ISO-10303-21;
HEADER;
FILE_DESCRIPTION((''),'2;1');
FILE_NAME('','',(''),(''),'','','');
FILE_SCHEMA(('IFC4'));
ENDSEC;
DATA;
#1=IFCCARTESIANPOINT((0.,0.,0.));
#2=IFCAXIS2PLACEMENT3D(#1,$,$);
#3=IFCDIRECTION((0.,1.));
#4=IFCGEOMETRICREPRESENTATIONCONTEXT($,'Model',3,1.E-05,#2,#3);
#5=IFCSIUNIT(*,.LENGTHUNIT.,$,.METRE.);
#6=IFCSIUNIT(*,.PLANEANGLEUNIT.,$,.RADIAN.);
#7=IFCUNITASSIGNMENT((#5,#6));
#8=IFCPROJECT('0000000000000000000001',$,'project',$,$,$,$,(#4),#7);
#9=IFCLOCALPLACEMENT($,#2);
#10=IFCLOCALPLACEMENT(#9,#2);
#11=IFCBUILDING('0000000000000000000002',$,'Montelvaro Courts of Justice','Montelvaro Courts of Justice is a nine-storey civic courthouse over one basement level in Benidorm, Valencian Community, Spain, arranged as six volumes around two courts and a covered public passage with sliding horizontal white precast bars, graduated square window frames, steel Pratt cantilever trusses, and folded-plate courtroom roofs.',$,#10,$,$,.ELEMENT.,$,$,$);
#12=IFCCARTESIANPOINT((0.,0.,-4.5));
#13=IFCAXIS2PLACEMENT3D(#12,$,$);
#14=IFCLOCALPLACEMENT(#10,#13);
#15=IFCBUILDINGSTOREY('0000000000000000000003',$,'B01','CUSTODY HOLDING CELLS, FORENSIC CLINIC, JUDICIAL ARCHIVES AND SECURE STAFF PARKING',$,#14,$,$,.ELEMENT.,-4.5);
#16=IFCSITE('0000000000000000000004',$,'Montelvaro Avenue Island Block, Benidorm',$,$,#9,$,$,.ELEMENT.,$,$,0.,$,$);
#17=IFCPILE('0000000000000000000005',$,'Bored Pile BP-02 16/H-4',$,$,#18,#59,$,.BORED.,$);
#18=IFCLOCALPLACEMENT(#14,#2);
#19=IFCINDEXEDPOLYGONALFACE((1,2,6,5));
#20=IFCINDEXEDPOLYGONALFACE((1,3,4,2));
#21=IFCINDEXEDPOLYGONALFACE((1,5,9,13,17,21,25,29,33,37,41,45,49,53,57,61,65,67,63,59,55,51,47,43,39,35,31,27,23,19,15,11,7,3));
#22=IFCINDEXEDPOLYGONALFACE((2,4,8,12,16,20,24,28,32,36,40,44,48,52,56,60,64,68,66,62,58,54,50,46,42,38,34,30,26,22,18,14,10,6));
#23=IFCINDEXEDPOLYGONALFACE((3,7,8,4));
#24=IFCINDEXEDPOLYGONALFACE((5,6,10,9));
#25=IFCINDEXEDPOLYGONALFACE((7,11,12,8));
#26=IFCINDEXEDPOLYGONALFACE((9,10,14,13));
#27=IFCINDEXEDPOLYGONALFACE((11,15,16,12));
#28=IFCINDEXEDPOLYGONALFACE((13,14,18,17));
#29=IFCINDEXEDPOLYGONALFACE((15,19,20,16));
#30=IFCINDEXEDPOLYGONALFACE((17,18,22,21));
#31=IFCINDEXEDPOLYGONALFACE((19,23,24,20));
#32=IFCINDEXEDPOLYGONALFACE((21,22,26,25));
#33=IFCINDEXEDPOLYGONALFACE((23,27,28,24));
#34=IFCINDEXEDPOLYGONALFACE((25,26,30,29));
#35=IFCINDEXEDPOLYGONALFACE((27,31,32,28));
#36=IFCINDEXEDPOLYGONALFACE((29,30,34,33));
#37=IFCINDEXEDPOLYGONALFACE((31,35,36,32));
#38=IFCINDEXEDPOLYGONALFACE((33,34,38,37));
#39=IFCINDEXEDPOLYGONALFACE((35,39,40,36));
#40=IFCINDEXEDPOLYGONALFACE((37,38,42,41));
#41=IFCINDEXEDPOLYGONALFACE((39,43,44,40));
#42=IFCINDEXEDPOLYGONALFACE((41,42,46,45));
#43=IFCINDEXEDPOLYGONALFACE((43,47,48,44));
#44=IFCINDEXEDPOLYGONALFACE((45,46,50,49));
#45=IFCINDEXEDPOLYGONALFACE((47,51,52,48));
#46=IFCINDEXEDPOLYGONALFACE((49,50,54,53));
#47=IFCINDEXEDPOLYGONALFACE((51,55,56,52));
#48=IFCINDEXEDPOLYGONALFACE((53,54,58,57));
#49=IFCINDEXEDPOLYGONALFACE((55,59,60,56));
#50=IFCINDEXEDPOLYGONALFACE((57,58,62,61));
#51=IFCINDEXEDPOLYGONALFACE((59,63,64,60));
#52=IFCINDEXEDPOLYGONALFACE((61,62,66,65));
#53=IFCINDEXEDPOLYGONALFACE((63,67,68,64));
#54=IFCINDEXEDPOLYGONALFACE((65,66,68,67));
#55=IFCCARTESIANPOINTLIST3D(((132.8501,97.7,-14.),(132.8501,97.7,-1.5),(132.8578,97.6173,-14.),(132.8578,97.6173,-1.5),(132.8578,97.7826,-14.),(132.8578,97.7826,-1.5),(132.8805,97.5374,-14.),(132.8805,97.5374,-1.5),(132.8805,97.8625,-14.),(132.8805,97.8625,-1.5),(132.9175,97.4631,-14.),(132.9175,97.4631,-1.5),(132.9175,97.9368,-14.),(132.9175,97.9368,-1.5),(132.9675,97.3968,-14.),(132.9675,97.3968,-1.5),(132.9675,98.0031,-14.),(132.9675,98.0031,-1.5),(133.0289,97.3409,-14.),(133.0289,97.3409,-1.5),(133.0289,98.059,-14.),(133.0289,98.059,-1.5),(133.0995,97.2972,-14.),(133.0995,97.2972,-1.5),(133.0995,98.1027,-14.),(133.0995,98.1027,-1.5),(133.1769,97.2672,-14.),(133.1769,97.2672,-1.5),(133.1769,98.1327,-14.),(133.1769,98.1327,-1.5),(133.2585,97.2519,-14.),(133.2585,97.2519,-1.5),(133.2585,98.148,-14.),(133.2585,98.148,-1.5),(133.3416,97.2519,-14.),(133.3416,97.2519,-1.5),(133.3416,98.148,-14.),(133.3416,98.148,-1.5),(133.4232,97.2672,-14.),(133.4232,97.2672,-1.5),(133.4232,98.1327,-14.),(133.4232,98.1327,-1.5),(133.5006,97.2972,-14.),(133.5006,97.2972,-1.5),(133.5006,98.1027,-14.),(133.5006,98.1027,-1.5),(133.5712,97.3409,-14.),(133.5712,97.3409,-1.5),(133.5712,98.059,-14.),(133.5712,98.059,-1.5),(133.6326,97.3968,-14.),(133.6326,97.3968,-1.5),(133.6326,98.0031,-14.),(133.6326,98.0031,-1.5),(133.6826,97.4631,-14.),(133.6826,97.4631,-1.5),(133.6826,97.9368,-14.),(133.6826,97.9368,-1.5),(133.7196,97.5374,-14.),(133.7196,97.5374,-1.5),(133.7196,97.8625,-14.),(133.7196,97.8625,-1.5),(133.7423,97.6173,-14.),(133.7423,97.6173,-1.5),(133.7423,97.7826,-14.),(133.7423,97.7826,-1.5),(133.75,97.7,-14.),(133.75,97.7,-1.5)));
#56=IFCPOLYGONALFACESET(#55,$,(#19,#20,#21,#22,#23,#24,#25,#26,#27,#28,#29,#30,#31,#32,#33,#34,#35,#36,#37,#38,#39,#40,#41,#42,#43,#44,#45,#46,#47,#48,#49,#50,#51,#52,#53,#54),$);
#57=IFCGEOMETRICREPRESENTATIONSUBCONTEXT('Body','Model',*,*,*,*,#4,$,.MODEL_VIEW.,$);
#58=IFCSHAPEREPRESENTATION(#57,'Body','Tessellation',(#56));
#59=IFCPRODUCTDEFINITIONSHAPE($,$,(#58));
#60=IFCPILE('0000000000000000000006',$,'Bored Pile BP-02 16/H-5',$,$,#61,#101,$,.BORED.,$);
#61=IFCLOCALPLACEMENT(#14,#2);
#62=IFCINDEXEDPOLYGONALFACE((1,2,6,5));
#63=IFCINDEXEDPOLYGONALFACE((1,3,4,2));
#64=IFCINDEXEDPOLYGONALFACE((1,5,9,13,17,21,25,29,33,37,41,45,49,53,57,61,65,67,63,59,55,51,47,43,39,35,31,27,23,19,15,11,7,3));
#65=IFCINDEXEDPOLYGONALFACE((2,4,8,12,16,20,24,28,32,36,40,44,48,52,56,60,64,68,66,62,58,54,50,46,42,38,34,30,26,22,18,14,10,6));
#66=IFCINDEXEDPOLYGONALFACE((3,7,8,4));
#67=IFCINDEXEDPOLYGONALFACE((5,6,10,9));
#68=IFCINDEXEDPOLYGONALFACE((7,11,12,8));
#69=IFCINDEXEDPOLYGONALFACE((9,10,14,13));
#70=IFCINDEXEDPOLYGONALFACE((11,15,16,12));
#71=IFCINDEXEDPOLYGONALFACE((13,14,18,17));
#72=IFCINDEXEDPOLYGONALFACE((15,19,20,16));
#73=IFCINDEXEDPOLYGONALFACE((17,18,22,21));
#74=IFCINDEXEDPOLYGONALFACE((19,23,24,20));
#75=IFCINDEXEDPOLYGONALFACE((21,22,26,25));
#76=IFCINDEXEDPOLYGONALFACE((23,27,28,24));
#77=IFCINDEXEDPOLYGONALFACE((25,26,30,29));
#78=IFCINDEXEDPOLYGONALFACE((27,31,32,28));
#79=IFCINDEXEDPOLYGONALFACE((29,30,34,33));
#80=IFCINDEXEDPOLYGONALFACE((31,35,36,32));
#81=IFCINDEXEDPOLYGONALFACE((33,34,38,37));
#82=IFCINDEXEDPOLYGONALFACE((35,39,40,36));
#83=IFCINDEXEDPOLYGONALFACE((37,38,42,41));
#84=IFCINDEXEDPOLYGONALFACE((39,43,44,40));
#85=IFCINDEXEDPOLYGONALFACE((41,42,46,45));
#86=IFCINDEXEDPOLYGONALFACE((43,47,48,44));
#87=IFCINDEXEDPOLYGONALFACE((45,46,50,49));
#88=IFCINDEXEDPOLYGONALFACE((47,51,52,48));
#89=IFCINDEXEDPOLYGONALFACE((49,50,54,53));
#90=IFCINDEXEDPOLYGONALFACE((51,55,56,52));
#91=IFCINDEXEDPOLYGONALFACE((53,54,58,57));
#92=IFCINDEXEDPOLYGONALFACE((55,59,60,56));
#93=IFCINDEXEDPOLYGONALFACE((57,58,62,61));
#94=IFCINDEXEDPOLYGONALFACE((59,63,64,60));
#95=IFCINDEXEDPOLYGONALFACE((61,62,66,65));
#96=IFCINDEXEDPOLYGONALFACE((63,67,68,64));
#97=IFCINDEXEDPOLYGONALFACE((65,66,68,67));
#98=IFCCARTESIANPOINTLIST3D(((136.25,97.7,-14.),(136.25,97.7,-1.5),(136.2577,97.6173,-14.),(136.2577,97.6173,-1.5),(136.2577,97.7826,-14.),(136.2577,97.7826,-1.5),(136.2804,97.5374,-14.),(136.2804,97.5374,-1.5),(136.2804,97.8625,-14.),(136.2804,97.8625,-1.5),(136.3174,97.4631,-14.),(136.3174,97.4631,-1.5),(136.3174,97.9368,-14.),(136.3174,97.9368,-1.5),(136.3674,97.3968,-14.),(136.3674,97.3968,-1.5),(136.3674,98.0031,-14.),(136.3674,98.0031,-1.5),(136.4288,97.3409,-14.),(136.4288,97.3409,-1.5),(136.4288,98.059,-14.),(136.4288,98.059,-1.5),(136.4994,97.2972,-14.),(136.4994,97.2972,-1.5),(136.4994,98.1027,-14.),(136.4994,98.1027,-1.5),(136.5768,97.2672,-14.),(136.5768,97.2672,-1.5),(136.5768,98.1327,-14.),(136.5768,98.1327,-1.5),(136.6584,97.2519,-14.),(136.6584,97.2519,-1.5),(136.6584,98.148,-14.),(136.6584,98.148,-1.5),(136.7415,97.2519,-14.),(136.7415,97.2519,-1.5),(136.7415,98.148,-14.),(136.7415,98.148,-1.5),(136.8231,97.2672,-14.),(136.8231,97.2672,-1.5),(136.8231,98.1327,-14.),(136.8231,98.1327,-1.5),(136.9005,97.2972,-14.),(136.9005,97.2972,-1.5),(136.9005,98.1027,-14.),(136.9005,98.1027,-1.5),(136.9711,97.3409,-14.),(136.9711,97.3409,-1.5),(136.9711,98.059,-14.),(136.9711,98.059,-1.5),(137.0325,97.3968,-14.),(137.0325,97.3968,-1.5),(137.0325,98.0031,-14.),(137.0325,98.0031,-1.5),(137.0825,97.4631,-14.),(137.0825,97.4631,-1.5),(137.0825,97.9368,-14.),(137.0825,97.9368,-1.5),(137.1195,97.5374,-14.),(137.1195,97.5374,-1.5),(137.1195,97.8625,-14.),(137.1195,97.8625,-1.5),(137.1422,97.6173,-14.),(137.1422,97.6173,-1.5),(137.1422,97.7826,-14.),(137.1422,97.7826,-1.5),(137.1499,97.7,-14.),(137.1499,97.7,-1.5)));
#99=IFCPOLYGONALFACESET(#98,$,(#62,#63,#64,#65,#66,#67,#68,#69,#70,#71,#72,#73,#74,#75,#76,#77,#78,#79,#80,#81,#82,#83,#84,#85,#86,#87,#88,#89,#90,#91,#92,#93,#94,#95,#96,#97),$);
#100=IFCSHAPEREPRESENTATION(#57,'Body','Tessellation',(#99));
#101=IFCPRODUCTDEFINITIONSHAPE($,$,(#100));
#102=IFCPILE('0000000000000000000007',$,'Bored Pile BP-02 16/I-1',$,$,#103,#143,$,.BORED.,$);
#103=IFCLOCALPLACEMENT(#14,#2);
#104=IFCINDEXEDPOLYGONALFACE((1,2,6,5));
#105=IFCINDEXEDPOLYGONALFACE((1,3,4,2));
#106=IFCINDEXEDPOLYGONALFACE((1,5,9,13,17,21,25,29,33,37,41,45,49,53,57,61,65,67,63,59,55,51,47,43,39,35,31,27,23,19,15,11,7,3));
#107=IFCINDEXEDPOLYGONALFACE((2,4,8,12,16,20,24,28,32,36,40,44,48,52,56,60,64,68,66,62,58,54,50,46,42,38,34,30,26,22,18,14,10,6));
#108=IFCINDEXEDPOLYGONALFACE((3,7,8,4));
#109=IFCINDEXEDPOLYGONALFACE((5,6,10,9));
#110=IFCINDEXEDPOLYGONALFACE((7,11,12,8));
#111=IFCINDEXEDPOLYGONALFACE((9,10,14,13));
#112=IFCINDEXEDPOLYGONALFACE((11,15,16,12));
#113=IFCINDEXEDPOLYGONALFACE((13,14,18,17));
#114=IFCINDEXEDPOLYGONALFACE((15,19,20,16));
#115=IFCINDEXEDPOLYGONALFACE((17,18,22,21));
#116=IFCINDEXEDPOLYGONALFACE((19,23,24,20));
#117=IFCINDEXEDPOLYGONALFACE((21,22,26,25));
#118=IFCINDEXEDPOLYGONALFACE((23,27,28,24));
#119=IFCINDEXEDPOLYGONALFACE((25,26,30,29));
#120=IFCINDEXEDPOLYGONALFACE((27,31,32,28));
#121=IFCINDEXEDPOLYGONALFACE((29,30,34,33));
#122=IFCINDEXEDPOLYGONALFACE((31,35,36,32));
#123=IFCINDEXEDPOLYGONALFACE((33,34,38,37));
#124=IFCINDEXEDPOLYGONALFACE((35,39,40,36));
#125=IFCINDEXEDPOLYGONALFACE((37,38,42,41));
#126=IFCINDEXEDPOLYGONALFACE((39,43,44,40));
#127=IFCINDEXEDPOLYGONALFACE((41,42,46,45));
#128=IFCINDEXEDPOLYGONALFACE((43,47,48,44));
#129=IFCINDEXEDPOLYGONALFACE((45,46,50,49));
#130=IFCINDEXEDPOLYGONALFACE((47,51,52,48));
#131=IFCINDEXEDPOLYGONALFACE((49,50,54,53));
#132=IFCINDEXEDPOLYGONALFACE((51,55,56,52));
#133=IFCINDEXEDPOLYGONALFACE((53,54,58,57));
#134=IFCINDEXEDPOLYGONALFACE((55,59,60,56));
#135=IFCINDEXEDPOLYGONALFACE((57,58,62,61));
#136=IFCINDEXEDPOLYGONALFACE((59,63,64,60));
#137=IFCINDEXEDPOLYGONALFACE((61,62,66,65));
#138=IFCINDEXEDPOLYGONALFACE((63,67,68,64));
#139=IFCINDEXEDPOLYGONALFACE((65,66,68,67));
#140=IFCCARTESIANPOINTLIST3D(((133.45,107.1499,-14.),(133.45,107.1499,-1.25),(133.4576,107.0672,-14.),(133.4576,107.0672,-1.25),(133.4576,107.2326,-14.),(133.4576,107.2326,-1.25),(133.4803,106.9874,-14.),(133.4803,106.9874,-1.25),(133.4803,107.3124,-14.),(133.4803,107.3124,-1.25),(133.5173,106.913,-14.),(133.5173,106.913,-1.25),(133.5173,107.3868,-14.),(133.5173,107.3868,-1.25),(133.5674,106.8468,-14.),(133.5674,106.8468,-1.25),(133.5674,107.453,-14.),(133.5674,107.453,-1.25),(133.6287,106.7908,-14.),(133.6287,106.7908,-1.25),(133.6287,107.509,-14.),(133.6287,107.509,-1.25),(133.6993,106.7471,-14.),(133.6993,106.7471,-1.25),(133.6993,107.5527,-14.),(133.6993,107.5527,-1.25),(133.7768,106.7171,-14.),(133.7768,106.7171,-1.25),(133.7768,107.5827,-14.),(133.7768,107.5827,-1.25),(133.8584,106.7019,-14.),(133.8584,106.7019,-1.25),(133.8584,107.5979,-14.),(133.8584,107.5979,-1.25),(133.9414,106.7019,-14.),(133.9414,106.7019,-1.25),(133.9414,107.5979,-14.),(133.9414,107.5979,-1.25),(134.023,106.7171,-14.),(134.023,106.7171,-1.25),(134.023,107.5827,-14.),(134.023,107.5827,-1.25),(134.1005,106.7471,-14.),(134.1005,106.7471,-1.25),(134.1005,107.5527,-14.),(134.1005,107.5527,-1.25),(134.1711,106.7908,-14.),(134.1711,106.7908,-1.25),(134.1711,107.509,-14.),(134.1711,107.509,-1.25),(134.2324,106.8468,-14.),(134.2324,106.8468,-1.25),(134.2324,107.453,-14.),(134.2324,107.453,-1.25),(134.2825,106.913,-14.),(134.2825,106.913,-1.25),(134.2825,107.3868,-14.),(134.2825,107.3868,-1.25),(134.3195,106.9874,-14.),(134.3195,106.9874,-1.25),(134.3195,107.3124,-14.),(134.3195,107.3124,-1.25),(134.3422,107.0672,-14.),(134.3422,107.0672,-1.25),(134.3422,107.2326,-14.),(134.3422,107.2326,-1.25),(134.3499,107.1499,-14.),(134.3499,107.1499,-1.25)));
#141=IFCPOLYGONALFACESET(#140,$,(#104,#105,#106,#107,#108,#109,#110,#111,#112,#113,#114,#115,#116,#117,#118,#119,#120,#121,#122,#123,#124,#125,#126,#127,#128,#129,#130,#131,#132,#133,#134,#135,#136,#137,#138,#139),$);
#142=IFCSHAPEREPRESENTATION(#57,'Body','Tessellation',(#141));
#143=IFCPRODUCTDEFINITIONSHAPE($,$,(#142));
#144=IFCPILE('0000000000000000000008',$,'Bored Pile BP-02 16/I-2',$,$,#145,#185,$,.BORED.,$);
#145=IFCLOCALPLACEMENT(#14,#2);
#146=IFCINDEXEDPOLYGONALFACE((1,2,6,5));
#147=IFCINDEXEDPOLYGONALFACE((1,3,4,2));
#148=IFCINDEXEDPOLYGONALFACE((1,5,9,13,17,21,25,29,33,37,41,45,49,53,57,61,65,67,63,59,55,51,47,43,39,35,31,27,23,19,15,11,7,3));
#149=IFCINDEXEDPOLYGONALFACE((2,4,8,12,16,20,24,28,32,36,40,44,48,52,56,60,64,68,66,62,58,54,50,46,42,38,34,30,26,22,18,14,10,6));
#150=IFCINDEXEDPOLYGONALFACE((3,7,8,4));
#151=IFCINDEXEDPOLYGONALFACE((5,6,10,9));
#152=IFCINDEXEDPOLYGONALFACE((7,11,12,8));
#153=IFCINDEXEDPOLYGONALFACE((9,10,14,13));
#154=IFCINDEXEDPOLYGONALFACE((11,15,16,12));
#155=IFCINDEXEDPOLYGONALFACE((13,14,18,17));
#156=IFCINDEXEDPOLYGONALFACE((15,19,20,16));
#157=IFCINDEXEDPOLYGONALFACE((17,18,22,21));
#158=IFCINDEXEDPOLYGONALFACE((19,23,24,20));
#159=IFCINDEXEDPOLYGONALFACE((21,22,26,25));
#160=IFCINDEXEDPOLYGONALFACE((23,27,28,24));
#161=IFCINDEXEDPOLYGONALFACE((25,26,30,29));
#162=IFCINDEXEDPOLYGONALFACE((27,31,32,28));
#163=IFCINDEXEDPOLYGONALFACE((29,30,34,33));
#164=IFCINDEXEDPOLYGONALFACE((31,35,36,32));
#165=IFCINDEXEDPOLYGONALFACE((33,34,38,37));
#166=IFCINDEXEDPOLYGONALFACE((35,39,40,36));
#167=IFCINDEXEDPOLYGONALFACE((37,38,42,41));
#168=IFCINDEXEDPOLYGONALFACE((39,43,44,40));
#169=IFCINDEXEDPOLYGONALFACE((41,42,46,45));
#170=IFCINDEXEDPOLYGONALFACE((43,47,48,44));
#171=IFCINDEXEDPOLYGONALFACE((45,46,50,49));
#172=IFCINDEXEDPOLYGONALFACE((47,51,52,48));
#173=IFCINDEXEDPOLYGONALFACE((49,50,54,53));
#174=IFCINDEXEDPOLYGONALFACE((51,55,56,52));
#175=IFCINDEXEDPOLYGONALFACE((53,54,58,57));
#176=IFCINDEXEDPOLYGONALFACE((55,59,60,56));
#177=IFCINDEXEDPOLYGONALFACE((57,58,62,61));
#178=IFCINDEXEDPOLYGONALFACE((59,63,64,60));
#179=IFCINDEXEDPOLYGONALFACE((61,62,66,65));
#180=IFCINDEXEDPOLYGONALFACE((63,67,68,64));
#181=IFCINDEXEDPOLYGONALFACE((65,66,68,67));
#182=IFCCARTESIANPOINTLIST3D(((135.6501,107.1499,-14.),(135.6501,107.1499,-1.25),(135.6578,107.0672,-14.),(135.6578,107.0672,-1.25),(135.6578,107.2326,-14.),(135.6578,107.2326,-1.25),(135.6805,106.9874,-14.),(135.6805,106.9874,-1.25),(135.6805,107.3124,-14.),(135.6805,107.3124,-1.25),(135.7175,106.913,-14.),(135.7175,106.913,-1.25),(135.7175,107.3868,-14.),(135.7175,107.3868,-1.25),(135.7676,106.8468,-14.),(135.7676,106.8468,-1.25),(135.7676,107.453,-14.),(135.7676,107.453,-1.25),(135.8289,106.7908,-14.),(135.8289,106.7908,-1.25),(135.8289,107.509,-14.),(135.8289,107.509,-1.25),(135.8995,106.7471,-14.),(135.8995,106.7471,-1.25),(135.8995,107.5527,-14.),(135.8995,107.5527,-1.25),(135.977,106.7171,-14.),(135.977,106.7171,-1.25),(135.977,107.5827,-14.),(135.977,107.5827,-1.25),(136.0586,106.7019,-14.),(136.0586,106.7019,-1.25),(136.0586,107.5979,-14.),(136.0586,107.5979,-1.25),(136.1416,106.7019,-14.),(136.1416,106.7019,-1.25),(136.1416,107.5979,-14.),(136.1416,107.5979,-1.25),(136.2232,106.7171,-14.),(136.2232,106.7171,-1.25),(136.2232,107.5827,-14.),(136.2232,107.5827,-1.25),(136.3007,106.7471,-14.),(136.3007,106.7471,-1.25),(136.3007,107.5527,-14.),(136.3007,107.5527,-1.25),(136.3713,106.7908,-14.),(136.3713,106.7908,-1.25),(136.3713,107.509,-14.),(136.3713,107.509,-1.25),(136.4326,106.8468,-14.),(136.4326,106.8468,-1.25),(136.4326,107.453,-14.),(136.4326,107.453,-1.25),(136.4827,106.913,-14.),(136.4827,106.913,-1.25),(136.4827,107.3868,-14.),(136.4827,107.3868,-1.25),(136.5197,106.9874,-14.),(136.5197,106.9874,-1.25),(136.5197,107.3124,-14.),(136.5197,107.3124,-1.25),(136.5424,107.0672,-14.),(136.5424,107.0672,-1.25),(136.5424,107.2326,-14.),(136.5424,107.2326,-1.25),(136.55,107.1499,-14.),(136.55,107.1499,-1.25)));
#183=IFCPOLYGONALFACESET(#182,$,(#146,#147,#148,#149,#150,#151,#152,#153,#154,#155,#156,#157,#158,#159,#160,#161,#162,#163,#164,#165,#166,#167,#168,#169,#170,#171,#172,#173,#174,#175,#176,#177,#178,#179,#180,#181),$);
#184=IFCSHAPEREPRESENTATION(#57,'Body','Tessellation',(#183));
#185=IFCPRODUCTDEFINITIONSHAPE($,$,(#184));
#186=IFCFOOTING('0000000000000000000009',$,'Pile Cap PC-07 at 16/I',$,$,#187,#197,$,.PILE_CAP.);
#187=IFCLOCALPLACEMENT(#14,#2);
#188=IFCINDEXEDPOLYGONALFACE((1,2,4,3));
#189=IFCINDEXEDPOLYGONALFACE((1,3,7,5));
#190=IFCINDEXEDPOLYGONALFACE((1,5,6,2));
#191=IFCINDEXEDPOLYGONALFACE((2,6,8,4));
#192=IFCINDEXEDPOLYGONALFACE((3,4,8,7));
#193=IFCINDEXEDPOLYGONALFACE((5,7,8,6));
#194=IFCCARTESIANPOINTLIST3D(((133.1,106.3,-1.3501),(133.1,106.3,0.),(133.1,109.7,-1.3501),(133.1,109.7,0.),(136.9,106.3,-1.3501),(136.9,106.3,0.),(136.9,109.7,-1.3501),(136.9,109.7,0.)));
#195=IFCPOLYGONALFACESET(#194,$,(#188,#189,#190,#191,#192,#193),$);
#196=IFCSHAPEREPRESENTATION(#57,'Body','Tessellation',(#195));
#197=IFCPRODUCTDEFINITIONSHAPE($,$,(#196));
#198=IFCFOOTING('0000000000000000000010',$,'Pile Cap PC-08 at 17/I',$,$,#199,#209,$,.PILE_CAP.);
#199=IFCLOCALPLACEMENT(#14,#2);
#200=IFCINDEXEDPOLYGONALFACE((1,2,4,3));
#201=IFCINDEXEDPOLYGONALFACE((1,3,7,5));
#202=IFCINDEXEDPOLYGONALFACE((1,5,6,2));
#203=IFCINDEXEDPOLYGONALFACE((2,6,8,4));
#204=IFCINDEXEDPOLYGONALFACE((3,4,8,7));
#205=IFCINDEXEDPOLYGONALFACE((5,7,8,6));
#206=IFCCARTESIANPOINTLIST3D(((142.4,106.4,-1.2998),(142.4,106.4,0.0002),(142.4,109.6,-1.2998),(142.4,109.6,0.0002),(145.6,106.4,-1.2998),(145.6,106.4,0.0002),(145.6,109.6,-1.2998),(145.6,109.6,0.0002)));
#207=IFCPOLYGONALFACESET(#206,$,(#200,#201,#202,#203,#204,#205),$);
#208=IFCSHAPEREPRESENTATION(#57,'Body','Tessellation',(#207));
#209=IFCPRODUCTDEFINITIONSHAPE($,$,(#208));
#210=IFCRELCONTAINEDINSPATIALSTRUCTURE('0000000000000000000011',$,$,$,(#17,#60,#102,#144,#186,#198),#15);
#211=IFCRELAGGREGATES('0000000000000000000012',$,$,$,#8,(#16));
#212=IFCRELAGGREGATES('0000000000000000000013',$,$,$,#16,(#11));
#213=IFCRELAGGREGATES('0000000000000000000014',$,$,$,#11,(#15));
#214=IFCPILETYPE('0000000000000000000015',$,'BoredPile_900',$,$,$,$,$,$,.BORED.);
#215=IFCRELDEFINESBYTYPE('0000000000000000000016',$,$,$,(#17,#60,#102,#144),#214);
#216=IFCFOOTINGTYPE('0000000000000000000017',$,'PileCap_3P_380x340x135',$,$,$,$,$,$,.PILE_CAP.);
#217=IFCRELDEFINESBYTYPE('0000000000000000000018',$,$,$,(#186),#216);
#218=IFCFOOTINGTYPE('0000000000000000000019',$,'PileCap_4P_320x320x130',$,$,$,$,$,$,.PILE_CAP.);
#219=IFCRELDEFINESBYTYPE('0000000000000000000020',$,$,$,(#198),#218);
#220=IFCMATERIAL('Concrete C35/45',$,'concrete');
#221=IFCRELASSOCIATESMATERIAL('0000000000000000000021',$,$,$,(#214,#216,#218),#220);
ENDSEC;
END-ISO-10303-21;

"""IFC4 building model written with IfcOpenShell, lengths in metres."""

from ifc_helpers import new_model, si_unit, direction, frame, origin, origin_2d, place, context, subcontext, project, spatial, rectangle, circle, extrude, material, material_profile, profile_set, type_object, element, save


model = new_model("IFC4")

# Units and contexts
model_context = context("Model", 3, precision=1e-05, world=origin(), true_north=direction((0.0, 1.0)))
body_context = subcontext(model_context, "Body", "Model", "MODEL_VIEW")
ifc_project = project(units=[si_unit("LENGTHUNIT", "METRE"), si_unit("PLANEANGLEUNIT", "RADIAN")], contexts=[model_context])

# Site, building, storey
site_placement = place(None, origin())
site = spatial("IfcSite", under=ifc_project, at=site_placement, Name="Montelvaro Avenue Island Block, Benidorm", CompositionType="ELEMENT", RefElevation=0.0)
building_placement = place(site_placement, origin())
building = spatial("IfcBuilding", under=site, at=building_placement, Name="Montelvaro Courts of Justice", Description="Montelvaro Courts of Justice is a nine-storey civic courthouse over one basement level in Benidorm, Valencian Community, Spain, arranged as six volumes around two courts and a covered public passage with sliding horizontal white precast bars, graduated square window frames, steel Pratt cantilever trusses, and folded-plate courtroom roofs.", CompositionType="ELEMENT")
storey_placement = place(building_placement, frame((0.0, 0.0, -4.5)))
storey = spatial("IfcBuildingStorey", under=building, at=storey_placement, Name="B01", Description="CUSTODY HOLDING CELLS, FORENSIC CLINIC, JUDICIAL ARCHIVES AND SECURE STAFF PARKING", CompositionType="ELEMENT", Elevation=-4.5)

# Piles
ifc_material_1 = material(Name="Concrete C35/45", Category="concrete")
ifc_material_profile_1 = material_profile(ifc_material_1, circle(Radius=0.45, at=origin_2d()), Name="BORED PILE D900")
ifc_profile_set_1 = profile_set([ifc_material_profile_1], Name="Concrete C35/45")
pile_type_1 = type_object("IfcPileType", Name="BoredPile_900", PredefinedType="BORED", material=ifc_profile_set_1)
for number, where, z_axis, x_axis, name in (
    (1, (133.3, 97.7, -1.5), (0.0, 0.0, -1.0), (1.0, 0.0, 0.0), "Bored Pile BP-02 16/H-4"),
    (2, (136.7, 97.7, -1.5), (0.0, 0.0, -1.0), (1.0, 0.0, 0.0), "Bored Pile BP-02 16/H-5"),
):
    element("IfcPile", number, at=place(storey_placement, frame(where, z_axis=z_axis, x_axis=x_axis)), inside=storey, type_object=pile_type_1, Name=name, PredefinedType="BORED", context=body_context, shape_type="SweptSolid", body=[
        extrude(circle(Radius=0.45, at=origin_2d()), origin(), (0.0, 0.0, 1.0), 12.5),
    ])
for number, where, z_axis, x_axis, name in (
    (3, (133.8999, 107.1499, -1.25), (0.0, 0.0, -1.0), (1.0, 0.0, 0.0), "Bored Pile BP-02 16/I-1"),
    (4, (136.1001, 107.1499, -1.25), (0.0, 0.0, -1.0), (1.0, 0.0, 0.0), "Bored Pile BP-02 16/I-2"),
):
    element("IfcPile", number, at=place(storey_placement, frame(where, z_axis=z_axis, x_axis=x_axis)), inside=storey, type_object=pile_type_1, Name=name, PredefinedType="BORED", context=body_context, shape_type="SweptSolid", body=[
        extrude(circle(Radius=0.45, at=origin_2d()), origin(), (0.0, 0.0, 1.0), 12.75),
    ])

# Footings
footing_type_1 = type_object("IfcFootingType", Name="PileCap_3P_380x340x135", PredefinedType="PILE_CAP", material=ifc_material_1)
footing_1_placement = place(storey_placement, frame((135.0, 108.0, -1.3501), z_axis=(0.0, 0.0, 1.0), x_axis=(1.0, 0.0, 0.0)))
element("IfcFooting", 5, at=footing_1_placement, inside=storey, type_object=footing_type_1, Name="Pile Cap PC-07 at 16/I", PredefinedType="PILE_CAP", context=body_context, shape_type="SweptSolid", body=[
    extrude(rectangle(XDim=3.8, YDim=3.3999, at=origin_2d()), origin(), (0.0, 0.0, 1.0), 1.3501),
])
footing_type_2 = type_object("IfcFootingType", Name="PileCap_4P_320x320x130", PredefinedType="PILE_CAP", material=ifc_material_1)
footing_2_placement = place(storey_placement, frame((144.0, 108.0, -1.2998), z_axis=(0.0, 0.0, 1.0), x_axis=(1.0, 0.0, 0.0)))
element("IfcFooting", 6, at=footing_2_placement, inside=storey, type_object=footing_type_2, Name="Pile Cap PC-08 at 17/I", PredefinedType="PILE_CAP", context=body_context, shape_type="SweptSolid", body=[
    extrude(rectangle(XDim=3.2, YDim=3.2, at=origin_2d()), origin(), (0.0, 0.0, 1.0), 1.3),
])

save(model, "model.ifc")
